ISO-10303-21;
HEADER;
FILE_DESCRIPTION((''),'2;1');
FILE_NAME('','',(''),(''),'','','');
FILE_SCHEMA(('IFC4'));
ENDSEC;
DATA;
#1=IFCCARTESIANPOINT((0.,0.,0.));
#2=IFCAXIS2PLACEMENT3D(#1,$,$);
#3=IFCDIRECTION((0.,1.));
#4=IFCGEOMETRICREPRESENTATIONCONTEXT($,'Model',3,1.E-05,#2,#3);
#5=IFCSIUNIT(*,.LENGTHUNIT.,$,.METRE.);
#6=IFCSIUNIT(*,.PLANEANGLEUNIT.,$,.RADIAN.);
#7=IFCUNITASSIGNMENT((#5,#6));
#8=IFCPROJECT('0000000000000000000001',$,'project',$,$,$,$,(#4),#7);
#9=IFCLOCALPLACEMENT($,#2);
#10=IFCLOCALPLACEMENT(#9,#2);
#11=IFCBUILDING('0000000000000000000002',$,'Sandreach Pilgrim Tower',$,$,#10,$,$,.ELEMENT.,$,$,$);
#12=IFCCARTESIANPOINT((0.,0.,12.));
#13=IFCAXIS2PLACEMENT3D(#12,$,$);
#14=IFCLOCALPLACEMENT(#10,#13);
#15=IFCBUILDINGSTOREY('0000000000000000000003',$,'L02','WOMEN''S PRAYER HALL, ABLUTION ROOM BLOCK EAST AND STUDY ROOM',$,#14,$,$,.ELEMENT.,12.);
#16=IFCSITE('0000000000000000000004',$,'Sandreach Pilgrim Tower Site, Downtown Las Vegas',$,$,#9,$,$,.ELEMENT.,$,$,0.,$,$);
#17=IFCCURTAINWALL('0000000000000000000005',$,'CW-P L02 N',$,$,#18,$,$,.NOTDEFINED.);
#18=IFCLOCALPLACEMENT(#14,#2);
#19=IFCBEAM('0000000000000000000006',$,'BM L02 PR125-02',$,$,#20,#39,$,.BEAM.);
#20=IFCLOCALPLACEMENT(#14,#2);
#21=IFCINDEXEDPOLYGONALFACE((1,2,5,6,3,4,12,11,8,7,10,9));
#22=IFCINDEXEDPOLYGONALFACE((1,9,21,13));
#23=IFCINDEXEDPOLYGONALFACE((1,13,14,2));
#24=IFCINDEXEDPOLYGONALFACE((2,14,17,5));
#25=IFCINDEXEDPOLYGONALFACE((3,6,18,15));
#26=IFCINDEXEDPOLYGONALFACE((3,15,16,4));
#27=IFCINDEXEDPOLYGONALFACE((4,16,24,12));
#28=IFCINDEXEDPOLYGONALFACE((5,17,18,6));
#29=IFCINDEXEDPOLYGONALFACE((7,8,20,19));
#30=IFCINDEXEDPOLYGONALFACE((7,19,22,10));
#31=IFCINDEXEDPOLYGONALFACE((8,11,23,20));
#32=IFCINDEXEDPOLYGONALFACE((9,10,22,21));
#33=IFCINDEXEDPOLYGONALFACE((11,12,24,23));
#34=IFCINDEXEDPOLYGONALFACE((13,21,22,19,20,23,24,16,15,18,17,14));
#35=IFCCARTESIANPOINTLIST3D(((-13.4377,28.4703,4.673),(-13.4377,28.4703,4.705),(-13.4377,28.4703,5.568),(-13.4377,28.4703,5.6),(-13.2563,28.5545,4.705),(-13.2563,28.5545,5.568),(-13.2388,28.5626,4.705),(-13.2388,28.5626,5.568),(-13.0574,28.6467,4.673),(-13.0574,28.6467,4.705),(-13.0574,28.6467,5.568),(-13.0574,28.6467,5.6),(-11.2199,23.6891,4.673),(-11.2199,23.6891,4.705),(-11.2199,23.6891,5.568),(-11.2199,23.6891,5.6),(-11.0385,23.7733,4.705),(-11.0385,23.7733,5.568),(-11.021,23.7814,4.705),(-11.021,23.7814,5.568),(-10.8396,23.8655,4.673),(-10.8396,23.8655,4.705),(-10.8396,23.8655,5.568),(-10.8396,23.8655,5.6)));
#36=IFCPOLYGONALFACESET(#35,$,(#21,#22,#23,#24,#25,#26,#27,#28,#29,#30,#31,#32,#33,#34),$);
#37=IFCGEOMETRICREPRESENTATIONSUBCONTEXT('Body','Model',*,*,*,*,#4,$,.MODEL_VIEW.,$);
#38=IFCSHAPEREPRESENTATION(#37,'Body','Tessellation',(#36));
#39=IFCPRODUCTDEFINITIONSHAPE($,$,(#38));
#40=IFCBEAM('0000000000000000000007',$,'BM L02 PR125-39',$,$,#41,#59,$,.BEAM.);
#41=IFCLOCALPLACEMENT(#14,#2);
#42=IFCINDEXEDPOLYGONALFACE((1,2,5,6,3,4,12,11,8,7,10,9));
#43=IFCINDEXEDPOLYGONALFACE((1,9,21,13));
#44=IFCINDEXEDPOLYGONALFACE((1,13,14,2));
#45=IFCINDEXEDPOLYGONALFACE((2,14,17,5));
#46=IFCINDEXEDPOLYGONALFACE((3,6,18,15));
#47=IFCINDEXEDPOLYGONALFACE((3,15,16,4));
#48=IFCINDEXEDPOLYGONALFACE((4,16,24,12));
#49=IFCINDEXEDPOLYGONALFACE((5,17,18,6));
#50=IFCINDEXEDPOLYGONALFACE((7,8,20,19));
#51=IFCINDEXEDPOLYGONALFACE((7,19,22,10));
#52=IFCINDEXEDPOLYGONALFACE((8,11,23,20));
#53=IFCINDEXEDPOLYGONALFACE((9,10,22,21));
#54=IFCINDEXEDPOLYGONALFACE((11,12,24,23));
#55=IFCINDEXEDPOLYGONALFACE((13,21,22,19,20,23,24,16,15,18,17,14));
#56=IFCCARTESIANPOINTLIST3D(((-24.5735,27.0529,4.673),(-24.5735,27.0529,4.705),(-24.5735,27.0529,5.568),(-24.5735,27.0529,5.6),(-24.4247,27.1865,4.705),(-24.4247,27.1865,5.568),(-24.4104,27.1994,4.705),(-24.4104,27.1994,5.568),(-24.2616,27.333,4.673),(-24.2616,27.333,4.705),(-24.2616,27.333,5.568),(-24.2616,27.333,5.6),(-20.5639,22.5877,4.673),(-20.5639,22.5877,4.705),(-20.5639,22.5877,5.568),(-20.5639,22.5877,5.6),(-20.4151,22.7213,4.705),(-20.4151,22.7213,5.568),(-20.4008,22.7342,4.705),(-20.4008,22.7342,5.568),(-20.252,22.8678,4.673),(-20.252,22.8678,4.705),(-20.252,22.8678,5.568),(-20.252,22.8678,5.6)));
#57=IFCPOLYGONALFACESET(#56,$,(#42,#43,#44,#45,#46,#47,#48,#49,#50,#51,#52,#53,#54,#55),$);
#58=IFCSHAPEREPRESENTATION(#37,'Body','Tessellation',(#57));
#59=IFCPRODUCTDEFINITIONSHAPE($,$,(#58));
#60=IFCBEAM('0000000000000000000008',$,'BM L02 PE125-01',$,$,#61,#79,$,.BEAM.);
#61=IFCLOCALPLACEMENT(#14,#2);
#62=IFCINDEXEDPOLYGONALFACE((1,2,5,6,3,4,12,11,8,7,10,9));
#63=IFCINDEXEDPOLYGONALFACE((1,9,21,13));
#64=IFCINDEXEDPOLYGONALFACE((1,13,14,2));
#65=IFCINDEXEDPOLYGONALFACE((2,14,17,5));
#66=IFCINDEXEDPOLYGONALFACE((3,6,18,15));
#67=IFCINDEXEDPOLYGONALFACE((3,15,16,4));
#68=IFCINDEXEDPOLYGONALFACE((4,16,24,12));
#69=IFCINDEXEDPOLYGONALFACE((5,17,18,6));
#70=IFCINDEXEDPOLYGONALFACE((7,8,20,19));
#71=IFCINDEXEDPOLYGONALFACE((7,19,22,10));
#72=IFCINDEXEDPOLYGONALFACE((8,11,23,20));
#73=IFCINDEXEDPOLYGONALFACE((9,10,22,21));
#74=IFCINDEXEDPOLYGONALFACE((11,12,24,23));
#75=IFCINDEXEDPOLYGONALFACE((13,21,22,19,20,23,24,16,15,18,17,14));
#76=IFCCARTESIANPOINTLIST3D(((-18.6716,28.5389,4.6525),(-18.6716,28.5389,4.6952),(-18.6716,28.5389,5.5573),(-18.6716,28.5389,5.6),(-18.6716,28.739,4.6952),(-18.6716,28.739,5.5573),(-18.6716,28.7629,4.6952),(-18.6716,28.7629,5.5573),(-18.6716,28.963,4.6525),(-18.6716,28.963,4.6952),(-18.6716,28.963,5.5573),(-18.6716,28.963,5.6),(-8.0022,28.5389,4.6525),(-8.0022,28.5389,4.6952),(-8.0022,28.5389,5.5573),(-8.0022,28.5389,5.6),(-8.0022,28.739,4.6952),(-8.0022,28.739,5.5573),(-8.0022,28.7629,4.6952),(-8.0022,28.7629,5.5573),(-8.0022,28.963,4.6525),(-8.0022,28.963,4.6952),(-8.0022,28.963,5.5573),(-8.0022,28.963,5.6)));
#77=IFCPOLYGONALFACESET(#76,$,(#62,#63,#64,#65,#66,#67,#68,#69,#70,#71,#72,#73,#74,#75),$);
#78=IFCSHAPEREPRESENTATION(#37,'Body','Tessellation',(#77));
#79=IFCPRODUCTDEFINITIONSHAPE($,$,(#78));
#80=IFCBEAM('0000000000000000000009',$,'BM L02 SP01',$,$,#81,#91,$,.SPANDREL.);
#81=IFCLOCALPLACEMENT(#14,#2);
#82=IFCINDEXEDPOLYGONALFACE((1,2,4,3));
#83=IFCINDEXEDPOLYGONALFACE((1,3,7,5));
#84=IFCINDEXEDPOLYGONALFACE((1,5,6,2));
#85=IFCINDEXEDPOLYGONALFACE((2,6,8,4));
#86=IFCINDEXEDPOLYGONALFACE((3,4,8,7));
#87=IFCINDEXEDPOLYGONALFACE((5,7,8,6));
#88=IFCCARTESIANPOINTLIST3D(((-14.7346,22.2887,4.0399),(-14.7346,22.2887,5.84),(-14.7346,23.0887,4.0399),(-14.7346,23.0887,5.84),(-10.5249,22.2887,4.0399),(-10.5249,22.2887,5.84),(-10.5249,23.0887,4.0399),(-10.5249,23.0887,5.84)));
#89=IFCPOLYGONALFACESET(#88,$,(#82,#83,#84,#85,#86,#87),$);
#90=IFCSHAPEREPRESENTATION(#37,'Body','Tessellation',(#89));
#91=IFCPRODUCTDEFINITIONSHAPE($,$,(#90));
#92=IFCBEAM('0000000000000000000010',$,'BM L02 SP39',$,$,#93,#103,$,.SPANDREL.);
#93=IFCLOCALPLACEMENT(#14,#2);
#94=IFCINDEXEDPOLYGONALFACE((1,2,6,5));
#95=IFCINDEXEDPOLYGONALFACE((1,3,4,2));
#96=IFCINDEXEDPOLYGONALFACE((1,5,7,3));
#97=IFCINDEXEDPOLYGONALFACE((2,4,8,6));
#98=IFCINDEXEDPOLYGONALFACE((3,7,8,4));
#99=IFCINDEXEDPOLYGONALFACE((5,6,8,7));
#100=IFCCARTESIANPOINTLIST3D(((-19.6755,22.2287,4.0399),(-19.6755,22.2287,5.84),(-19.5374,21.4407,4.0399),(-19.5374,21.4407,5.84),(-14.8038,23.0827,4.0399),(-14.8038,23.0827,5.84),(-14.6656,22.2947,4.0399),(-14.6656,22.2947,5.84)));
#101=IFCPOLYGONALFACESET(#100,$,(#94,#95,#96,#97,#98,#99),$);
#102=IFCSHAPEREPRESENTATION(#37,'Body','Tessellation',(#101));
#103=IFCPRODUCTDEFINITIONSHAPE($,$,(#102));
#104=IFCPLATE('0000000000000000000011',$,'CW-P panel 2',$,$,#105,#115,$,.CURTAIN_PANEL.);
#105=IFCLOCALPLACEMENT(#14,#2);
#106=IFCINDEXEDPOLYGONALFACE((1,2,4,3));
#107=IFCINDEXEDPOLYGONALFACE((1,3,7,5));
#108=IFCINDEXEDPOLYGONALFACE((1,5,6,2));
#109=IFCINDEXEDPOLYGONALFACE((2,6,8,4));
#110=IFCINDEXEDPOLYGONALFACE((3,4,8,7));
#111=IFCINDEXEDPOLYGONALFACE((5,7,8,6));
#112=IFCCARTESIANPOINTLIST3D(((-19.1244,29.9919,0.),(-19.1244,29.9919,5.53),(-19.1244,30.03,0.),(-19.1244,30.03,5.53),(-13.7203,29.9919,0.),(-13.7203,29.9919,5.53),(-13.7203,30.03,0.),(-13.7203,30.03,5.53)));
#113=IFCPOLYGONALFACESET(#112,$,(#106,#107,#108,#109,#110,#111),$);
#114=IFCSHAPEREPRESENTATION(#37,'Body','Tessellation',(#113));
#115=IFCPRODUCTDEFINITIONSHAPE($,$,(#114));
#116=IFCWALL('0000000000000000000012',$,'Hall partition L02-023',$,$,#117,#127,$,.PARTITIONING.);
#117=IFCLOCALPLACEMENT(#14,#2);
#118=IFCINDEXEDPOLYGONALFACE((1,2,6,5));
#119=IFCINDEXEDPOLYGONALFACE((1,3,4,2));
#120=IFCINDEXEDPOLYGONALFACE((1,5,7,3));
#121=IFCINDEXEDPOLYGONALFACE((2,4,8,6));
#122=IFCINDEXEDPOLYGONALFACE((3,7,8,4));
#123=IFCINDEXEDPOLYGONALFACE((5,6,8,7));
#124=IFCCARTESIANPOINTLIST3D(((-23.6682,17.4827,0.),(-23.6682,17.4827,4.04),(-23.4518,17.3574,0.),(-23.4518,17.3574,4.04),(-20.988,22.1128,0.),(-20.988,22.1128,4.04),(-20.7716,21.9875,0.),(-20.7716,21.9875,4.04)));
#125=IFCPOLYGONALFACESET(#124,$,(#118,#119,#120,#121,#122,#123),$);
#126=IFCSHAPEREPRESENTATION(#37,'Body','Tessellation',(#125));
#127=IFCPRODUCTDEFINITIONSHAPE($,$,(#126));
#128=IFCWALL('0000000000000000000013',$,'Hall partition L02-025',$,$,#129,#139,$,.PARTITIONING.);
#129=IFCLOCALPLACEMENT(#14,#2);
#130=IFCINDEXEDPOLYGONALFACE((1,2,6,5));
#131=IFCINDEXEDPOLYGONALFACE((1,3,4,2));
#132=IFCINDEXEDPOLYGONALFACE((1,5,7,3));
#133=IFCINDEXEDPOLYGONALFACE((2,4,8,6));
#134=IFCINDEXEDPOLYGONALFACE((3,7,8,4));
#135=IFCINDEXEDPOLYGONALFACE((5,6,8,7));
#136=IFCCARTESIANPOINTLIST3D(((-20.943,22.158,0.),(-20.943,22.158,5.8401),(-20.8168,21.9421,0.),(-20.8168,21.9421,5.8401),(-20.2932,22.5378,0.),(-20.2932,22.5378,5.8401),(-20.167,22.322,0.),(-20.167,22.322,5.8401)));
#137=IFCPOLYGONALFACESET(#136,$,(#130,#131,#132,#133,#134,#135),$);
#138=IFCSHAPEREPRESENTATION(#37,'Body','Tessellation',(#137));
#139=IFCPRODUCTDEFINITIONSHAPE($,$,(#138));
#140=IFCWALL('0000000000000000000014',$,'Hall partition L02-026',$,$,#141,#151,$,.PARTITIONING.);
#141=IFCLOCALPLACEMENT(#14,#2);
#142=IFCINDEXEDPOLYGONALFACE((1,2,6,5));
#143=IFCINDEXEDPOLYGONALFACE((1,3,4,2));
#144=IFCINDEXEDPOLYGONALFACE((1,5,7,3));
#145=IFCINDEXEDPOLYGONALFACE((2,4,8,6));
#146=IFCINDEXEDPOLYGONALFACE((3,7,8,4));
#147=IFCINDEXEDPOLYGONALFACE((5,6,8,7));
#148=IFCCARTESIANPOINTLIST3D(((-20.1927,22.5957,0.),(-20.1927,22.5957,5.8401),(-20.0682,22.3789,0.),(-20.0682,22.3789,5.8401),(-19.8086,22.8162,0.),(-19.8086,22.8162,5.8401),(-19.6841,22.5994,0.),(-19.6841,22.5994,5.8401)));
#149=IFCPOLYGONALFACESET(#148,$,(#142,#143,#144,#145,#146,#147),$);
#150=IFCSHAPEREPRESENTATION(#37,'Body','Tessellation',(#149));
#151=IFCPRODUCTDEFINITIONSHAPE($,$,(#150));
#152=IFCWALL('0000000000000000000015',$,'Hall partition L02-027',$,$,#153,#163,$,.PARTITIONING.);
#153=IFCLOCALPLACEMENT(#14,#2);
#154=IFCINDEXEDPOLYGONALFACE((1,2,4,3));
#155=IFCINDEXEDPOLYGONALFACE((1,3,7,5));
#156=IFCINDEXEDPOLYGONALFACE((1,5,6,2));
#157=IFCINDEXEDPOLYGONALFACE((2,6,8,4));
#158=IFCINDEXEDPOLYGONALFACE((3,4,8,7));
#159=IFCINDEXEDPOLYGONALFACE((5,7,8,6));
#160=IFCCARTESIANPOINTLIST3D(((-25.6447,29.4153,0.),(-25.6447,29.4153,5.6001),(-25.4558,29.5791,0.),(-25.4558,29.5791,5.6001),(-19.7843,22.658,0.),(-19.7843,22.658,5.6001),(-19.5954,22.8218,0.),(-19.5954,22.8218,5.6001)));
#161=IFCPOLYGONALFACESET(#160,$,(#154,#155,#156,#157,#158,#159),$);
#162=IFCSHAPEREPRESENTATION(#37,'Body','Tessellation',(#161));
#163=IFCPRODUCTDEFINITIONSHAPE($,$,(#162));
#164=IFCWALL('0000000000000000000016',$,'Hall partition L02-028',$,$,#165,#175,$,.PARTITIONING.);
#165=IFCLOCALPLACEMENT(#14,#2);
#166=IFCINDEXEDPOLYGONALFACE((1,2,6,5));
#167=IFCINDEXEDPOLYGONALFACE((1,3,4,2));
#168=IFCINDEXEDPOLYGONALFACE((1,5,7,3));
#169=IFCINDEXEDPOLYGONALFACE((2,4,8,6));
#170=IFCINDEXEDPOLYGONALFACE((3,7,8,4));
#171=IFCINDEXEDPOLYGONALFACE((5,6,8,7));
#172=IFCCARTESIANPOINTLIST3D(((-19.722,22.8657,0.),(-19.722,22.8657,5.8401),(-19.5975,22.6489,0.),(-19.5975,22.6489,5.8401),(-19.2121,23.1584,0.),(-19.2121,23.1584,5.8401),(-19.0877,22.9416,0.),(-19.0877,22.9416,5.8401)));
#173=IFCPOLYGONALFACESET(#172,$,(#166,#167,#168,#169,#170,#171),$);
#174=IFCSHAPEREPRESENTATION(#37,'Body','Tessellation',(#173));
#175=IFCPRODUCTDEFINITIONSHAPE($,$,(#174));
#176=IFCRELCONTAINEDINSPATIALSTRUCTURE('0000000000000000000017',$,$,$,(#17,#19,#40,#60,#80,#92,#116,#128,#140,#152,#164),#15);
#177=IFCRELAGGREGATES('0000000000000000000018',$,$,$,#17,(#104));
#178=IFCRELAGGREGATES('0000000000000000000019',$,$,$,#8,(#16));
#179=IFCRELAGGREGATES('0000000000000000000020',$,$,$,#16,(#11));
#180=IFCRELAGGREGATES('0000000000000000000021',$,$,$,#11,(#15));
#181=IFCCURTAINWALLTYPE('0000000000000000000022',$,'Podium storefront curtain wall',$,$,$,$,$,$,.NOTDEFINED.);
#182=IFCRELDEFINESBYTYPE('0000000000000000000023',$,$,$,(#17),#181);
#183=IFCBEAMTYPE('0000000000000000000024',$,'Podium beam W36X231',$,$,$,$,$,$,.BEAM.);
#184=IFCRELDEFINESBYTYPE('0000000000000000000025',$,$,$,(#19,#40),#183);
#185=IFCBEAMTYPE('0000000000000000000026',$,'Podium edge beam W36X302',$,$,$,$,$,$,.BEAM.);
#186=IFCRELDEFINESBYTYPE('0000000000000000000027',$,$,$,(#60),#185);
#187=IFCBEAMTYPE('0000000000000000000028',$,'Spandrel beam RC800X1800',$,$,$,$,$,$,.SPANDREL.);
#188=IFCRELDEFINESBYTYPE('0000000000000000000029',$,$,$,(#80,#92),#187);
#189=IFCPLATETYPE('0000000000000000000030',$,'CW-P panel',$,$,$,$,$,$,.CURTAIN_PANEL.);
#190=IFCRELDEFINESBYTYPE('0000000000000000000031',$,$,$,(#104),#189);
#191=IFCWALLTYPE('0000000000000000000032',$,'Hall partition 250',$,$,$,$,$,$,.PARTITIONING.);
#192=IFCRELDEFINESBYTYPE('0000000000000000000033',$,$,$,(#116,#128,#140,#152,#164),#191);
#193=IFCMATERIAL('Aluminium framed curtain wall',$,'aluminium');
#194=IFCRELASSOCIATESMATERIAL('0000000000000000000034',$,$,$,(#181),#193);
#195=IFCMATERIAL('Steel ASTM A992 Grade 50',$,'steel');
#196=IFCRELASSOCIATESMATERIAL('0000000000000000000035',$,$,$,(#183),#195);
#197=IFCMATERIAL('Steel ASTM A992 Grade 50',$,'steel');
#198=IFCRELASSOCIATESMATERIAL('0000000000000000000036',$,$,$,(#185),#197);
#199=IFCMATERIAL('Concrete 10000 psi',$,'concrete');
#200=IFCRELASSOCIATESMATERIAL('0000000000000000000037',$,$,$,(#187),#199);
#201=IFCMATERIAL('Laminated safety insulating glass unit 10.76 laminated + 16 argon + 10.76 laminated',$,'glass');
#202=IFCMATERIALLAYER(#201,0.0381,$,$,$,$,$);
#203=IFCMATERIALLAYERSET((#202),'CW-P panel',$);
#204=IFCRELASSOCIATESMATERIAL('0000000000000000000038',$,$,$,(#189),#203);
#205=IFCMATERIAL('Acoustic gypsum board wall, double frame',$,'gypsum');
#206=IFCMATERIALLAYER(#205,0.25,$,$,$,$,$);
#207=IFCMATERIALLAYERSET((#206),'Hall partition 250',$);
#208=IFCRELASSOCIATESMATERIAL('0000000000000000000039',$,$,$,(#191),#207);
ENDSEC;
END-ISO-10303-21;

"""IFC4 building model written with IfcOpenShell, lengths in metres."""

from ifc_helpers import new_model, si_unit, direction, frame, frame_2d, origin, origin_2d, place, context, subcontext, project, spatial, rectangle, i_section, extrude, material, layer, layer_set, material_profile, profile_set, type_object, element, aggregate, save


model = new_model("IFC4")

# Units and contexts
model_context = context("Model", 3, precision=1e-05, world=origin(), true_north=direction((0.0, 1.0)))
body_context = subcontext(model_context, "Body", "Model", "MODEL_VIEW")
ifc_project = project(units=[si_unit("LENGTHUNIT", "METRE"), si_unit("PLANEANGLEUNIT", "RADIAN")], contexts=[model_context])

# Site, building, storey
site_placement = place(None, origin())
site = spatial("IfcSite", under=ifc_project, at=site_placement, Name="Sandreach Pilgrim Tower Site, Downtown Las Vegas", CompositionType="ELEMENT", RefElevation=0.0)
building_placement = place(site_placement, origin())
building = spatial("IfcBuilding", under=site, at=building_placement, Name="Sandreach Pilgrim Tower", CompositionType="ELEMENT")
storey_placement = place(building_placement, frame((0.0, 0.0, 12.0)))
storey = spatial("IfcBuildingStorey", under=building, at=storey_placement, Name="L02", Description="WOMEN'S PRAYER HALL, ABLUTION ROOM BLOCK EAST AND STUDY ROOM", CompositionType="ELEMENT", Elevation=12.0)

# Curtain wall
ifc_material_1 = material(Name="Aluminium framed curtain wall", Category="aluminium")
curtain_wall_type = type_object("IfcCurtainWallType", Name="Podium storefront curtain wall", PredefinedType="NOTDEFINED", material=ifc_material_1)
curtain_wall_placement = place(storey_placement, origin())
curtain_wall = element("IfcCurtainWall", 1, at=curtain_wall_placement, inside=storey, type_object=curtain_wall_type, Name="CW-P L02 N", PredefinedType="NOTDEFINED")

# Beams
ifc_material_2 = material(Name="Steel ASTM A992 Grade 50", Category="steel")
ifc_material_profile_1 = material_profile(ifc_material_2, i_section(OverallWidth=0.4192, OverallDepth=0.927, WebThickness=0.0193, FlangeThickness=0.032, at=origin_2d()), Name="W36X231")
ifc_profile_set_1 = profile_set([ifc_material_profile_1], Name="Steel ASTM A992 Grade 50")
beam_type_1 = type_object("IfcBeamType", Name="Podium beam W36X231", PredefinedType="BEAM", material=ifc_profile_set_1)
beam_1_placement = place(storey_placement, frame((-11.0298, 23.7773, 5.1365), z_axis=(-0.420785, 0.907161, 0.0), x_axis=(-0.907161, -0.420785, 0.0)))
element("IfcBeam", 2, at=beam_1_placement, inside=storey, type_object=beam_type_1, Name="BM L02 PR125-02", PredefinedType="BEAM", context=body_context, shape_type="SweptSolid", body=[
    extrude(i_section(OverallWidth=0.4192, OverallDepth=0.927, WebThickness=0.0193, FlangeThickness=0.032, at=origin_2d()), origin(), (0.0, 0.0, 1.0), 5.2705),
])
beam_2_placement = place(storey_placement, frame((-20.408, 22.7278, 5.1365), z_axis=(-0.66813, 0.744044, 0.0), x_axis=(-0.744044, -0.66813, 0.0)))
element("IfcBeam", 3, at=beam_2_placement, inside=storey, type_object=beam_type_1, Name="BM L02 PR125-39", PredefinedType="BEAM", context=body_context, shape_type="SweptSolid", body=[
    extrude(i_section(OverallWidth=0.4192, OverallDepth=0.927, WebThickness=0.0193, FlangeThickness=0.032, at=origin_2d()), origin(), (0.0, 0.0, 1.0), 6.0012),
])
ifc_material_3 = material(Name="Steel ASTM A992 Grade 50", Category="steel")
ifc_material_profile_2 = material_profile(ifc_material_3, i_section(OverallWidth=0.4241, OverallDepth=0.9475, WebThickness=0.0239, FlangeThickness=0.0427, at=origin_2d()), Name="W36X302")
ifc_profile_set_2 = profile_set([ifc_material_profile_2], Name="Steel ASTM A992 Grade 50")
beam_type_2 = type_object("IfcBeamType", Name="Podium edge beam W36X302", PredefinedType="BEAM", material=ifc_profile_set_2)
beam_3_placement = place(storey_placement, frame((-18.6716, 28.751, 5.1262), z_axis=(1.0, 0.0, 0.0), x_axis=(0.0, 1.0, 0.0)))
element("IfcBeam", 4, at=beam_3_placement, inside=storey, type_object=beam_type_2, Name="BM L02 PE125-01", PredefinedType="BEAM", context=body_context, shape_type="SweptSolid", body=[
    extrude(i_section(OverallWidth=0.4241, OverallDepth=0.9475, WebThickness=0.0239, FlangeThickness=0.0427, at=origin_2d()), origin(), (0.0, 0.0, 1.0), 10.6694),
])
ifc_material_4 = material(Name="Concrete 10000 psi", Category="concrete")
ifc_material_profile_3 = material_profile(ifc_material_4, rectangle(XDim=0.8, YDim=1.8, at=origin_2d()), Name="RC800X1800")
ifc_profile_set_3 = profile_set([ifc_material_profile_3], Name="Concrete 10000 psi")
beam_type_3 = type_object("IfcBeamType", Name="Spandrel beam RC800X1800", PredefinedType="SPANDREL", material=ifc_profile_set_3)
beam_4_placement = place(storey_placement, frame((-14.7346, 22.6887, 4.9399), z_axis=(1.0, 0.0, 0.0), x_axis=(0.0, 1.0, 0.0)))
element("IfcBeam", 5, at=beam_4_placement, inside=storey, type_object=beam_type_3, Name="BM L02 SP01", PredefinedType="SPANDREL", context=body_context, shape_type="SweptSolid", body=[
    extrude(rectangle(XDim=0.8, YDim=1.8, at=origin_2d()), origin(), (0.0, 0.0, 1.0), 4.2097),
])
beam_5_placement = place(storey_placement, frame((-19.6064, 21.8347, 4.9399), z_axis=(0.984981, 0.172662, 0.0), x_axis=(-0.172662, 0.984981, 0.0)))
element("IfcBeam", 6, at=beam_5_placement, inside=storey, type_object=beam_type_3, Name="BM L02 SP39", PredefinedType="SPANDREL", context=body_context, shape_type="SweptSolid", body=[
    extrude(rectangle(XDim=0.8, YDim=1.8, at=origin_2d()), origin(), (0.0, 0.0, 1.0), 4.946),
])

# Plate
ifc_material_5 = material(Name="Laminated safety insulating glass unit 10.76 laminated + 16 argon + 10.76 laminated", Category="glass")
ifc_layer_1 = layer(ifc_material_5, 0.0381)
ifc_layer_set_1 = layer_set([ifc_layer_1], Name="CW-P panel")
plate_type = type_object("IfcPlateType", Name="CW-P panel", PredefinedType="CURTAIN_PANEL", material=ifc_layer_set_1)
plate_placement = place(storey_placement, frame((-16.4224, 30.011, 0.0), z_axis=(0.0, 0.0, 1.0), x_axis=(1.0, 0.0, 0.0)))
plate = element("IfcPlate", 7, at=plate_placement, type_object=plate_type, Name="CW-P panel 2", PredefinedType="CURTAIN_PANEL", context=body_context, shape_type="SweptSolid", body=[
    extrude(rectangle(XDim=5.4041, YDim=0.0381, at=origin_2d()), origin(), (0.0, 0.0, 1.0), 5.53),
])
aggregate(curtain_wall, [plate])

# Walls
ifc_material_6 = material(Name="Acoustic gypsum board wall, double frame", Category="gypsum")
ifc_layer_2 = layer(ifc_material_6, 0.25)
ifc_layer_set_2 = layer_set([ifc_layer_2], Name="Hall partition 250")
wall_type = type_object("IfcWallType", Name="Hall partition 250", PredefinedType="PARTITIONING", material=ifc_layer_set_2)
wall_1_placement = place(storey_placement, frame((-20.8799, 22.05, 0.0), z_axis=(0.0, 0.0, 1.0), x_axis=(-0.500977, -0.865461, 0.0)))
element("IfcWall", 8, at=wall_1_placement, inside=storey, type_object=wall_type, Name="Hall partition L02-023", PredefinedType="PARTITIONING", context=body_context, shape_type="SweptSolid", body=[
    extrude(rectangle(XDim=5.3499, YDim=0.25, at=frame_2d((2.6748, 0.0))), origin(), (0.0, 0.0, 1.0), 4.04),
])
wall_2_placement = place(storey_placement, frame((-20.23, 22.4299, 0.0), z_axis=(0.0, 0.0, 1.0), x_axis=(-0.863332, -0.504637, 0.0)))
element("IfcWall", 9, at=wall_2_placement, inside=storey, type_object=wall_type, Name="Hall partition L02-025", PredefinedType="PARTITIONING", context=body_context, shape_type="SweptSolid", body=[
    extrude(rectangle(XDim=0.7527, YDim=0.25, at=frame_2d((0.3765, 0.0))), origin(), (0.0, 0.0, 1.0), 5.8401),
])
wall_3_placement = place(storey_placement, frame((-19.7463, 22.7078, 0.0), z_axis=(0.0, 0.0, 1.0), x_axis=(-0.867258, -0.49786, 0.0)))
element("IfcWall", 10, at=wall_3_placement, inside=storey, type_object=wall_type, Name="Hall partition L02-026", PredefinedType="PARTITIONING", context=body_context, shape_type="SweptSolid", body=[
    extrude(rectangle(XDim=0.4429, YDim=0.25, at=frame_2d((0.2214, 0.0))), origin(), (0.0, 0.0, 1.0), 5.8401),
])
wall_4_placement = place(storey_placement, frame((-19.6899, 22.74, 0.0), z_axis=(0.0, 0.0, 1.0), x_axis=(-0.655186, 0.755467, 0.0)))
element("IfcWall", 11, at=wall_4_placement, inside=storey, type_object=wall_type, Name="Hall partition L02-027", PredefinedType="PARTITIONING", context=body_context, shape_type="SweptSolid", body=[
    extrude(rectangle(XDim=8.9446, YDim=0.25, at=frame_2d((4.4722, 0.0))), origin(), (0.0, 0.0, 1.0), 5.6001),
])
wall_5_placement = place(storey_placement, frame((-19.1499, 23.05, 0.0), z_axis=(0.0, 0.0, 1.0), x_axis=(-0.867193, -0.497972, 0.0)))
element("IfcWall", 12, at=wall_5_placement, inside=storey, type_object=wall_type, Name="Hall partition L02-028", PredefinedType="PARTITIONING", context=body_context, shape_type="SweptSolid", body=[
    extrude(rectangle(XDim=0.5879, YDim=0.25, at=frame_2d((0.2939, 0.0))), origin(), (0.0, 0.0, 1.0), 5.8401),
])

save(model, "model.ifc")
